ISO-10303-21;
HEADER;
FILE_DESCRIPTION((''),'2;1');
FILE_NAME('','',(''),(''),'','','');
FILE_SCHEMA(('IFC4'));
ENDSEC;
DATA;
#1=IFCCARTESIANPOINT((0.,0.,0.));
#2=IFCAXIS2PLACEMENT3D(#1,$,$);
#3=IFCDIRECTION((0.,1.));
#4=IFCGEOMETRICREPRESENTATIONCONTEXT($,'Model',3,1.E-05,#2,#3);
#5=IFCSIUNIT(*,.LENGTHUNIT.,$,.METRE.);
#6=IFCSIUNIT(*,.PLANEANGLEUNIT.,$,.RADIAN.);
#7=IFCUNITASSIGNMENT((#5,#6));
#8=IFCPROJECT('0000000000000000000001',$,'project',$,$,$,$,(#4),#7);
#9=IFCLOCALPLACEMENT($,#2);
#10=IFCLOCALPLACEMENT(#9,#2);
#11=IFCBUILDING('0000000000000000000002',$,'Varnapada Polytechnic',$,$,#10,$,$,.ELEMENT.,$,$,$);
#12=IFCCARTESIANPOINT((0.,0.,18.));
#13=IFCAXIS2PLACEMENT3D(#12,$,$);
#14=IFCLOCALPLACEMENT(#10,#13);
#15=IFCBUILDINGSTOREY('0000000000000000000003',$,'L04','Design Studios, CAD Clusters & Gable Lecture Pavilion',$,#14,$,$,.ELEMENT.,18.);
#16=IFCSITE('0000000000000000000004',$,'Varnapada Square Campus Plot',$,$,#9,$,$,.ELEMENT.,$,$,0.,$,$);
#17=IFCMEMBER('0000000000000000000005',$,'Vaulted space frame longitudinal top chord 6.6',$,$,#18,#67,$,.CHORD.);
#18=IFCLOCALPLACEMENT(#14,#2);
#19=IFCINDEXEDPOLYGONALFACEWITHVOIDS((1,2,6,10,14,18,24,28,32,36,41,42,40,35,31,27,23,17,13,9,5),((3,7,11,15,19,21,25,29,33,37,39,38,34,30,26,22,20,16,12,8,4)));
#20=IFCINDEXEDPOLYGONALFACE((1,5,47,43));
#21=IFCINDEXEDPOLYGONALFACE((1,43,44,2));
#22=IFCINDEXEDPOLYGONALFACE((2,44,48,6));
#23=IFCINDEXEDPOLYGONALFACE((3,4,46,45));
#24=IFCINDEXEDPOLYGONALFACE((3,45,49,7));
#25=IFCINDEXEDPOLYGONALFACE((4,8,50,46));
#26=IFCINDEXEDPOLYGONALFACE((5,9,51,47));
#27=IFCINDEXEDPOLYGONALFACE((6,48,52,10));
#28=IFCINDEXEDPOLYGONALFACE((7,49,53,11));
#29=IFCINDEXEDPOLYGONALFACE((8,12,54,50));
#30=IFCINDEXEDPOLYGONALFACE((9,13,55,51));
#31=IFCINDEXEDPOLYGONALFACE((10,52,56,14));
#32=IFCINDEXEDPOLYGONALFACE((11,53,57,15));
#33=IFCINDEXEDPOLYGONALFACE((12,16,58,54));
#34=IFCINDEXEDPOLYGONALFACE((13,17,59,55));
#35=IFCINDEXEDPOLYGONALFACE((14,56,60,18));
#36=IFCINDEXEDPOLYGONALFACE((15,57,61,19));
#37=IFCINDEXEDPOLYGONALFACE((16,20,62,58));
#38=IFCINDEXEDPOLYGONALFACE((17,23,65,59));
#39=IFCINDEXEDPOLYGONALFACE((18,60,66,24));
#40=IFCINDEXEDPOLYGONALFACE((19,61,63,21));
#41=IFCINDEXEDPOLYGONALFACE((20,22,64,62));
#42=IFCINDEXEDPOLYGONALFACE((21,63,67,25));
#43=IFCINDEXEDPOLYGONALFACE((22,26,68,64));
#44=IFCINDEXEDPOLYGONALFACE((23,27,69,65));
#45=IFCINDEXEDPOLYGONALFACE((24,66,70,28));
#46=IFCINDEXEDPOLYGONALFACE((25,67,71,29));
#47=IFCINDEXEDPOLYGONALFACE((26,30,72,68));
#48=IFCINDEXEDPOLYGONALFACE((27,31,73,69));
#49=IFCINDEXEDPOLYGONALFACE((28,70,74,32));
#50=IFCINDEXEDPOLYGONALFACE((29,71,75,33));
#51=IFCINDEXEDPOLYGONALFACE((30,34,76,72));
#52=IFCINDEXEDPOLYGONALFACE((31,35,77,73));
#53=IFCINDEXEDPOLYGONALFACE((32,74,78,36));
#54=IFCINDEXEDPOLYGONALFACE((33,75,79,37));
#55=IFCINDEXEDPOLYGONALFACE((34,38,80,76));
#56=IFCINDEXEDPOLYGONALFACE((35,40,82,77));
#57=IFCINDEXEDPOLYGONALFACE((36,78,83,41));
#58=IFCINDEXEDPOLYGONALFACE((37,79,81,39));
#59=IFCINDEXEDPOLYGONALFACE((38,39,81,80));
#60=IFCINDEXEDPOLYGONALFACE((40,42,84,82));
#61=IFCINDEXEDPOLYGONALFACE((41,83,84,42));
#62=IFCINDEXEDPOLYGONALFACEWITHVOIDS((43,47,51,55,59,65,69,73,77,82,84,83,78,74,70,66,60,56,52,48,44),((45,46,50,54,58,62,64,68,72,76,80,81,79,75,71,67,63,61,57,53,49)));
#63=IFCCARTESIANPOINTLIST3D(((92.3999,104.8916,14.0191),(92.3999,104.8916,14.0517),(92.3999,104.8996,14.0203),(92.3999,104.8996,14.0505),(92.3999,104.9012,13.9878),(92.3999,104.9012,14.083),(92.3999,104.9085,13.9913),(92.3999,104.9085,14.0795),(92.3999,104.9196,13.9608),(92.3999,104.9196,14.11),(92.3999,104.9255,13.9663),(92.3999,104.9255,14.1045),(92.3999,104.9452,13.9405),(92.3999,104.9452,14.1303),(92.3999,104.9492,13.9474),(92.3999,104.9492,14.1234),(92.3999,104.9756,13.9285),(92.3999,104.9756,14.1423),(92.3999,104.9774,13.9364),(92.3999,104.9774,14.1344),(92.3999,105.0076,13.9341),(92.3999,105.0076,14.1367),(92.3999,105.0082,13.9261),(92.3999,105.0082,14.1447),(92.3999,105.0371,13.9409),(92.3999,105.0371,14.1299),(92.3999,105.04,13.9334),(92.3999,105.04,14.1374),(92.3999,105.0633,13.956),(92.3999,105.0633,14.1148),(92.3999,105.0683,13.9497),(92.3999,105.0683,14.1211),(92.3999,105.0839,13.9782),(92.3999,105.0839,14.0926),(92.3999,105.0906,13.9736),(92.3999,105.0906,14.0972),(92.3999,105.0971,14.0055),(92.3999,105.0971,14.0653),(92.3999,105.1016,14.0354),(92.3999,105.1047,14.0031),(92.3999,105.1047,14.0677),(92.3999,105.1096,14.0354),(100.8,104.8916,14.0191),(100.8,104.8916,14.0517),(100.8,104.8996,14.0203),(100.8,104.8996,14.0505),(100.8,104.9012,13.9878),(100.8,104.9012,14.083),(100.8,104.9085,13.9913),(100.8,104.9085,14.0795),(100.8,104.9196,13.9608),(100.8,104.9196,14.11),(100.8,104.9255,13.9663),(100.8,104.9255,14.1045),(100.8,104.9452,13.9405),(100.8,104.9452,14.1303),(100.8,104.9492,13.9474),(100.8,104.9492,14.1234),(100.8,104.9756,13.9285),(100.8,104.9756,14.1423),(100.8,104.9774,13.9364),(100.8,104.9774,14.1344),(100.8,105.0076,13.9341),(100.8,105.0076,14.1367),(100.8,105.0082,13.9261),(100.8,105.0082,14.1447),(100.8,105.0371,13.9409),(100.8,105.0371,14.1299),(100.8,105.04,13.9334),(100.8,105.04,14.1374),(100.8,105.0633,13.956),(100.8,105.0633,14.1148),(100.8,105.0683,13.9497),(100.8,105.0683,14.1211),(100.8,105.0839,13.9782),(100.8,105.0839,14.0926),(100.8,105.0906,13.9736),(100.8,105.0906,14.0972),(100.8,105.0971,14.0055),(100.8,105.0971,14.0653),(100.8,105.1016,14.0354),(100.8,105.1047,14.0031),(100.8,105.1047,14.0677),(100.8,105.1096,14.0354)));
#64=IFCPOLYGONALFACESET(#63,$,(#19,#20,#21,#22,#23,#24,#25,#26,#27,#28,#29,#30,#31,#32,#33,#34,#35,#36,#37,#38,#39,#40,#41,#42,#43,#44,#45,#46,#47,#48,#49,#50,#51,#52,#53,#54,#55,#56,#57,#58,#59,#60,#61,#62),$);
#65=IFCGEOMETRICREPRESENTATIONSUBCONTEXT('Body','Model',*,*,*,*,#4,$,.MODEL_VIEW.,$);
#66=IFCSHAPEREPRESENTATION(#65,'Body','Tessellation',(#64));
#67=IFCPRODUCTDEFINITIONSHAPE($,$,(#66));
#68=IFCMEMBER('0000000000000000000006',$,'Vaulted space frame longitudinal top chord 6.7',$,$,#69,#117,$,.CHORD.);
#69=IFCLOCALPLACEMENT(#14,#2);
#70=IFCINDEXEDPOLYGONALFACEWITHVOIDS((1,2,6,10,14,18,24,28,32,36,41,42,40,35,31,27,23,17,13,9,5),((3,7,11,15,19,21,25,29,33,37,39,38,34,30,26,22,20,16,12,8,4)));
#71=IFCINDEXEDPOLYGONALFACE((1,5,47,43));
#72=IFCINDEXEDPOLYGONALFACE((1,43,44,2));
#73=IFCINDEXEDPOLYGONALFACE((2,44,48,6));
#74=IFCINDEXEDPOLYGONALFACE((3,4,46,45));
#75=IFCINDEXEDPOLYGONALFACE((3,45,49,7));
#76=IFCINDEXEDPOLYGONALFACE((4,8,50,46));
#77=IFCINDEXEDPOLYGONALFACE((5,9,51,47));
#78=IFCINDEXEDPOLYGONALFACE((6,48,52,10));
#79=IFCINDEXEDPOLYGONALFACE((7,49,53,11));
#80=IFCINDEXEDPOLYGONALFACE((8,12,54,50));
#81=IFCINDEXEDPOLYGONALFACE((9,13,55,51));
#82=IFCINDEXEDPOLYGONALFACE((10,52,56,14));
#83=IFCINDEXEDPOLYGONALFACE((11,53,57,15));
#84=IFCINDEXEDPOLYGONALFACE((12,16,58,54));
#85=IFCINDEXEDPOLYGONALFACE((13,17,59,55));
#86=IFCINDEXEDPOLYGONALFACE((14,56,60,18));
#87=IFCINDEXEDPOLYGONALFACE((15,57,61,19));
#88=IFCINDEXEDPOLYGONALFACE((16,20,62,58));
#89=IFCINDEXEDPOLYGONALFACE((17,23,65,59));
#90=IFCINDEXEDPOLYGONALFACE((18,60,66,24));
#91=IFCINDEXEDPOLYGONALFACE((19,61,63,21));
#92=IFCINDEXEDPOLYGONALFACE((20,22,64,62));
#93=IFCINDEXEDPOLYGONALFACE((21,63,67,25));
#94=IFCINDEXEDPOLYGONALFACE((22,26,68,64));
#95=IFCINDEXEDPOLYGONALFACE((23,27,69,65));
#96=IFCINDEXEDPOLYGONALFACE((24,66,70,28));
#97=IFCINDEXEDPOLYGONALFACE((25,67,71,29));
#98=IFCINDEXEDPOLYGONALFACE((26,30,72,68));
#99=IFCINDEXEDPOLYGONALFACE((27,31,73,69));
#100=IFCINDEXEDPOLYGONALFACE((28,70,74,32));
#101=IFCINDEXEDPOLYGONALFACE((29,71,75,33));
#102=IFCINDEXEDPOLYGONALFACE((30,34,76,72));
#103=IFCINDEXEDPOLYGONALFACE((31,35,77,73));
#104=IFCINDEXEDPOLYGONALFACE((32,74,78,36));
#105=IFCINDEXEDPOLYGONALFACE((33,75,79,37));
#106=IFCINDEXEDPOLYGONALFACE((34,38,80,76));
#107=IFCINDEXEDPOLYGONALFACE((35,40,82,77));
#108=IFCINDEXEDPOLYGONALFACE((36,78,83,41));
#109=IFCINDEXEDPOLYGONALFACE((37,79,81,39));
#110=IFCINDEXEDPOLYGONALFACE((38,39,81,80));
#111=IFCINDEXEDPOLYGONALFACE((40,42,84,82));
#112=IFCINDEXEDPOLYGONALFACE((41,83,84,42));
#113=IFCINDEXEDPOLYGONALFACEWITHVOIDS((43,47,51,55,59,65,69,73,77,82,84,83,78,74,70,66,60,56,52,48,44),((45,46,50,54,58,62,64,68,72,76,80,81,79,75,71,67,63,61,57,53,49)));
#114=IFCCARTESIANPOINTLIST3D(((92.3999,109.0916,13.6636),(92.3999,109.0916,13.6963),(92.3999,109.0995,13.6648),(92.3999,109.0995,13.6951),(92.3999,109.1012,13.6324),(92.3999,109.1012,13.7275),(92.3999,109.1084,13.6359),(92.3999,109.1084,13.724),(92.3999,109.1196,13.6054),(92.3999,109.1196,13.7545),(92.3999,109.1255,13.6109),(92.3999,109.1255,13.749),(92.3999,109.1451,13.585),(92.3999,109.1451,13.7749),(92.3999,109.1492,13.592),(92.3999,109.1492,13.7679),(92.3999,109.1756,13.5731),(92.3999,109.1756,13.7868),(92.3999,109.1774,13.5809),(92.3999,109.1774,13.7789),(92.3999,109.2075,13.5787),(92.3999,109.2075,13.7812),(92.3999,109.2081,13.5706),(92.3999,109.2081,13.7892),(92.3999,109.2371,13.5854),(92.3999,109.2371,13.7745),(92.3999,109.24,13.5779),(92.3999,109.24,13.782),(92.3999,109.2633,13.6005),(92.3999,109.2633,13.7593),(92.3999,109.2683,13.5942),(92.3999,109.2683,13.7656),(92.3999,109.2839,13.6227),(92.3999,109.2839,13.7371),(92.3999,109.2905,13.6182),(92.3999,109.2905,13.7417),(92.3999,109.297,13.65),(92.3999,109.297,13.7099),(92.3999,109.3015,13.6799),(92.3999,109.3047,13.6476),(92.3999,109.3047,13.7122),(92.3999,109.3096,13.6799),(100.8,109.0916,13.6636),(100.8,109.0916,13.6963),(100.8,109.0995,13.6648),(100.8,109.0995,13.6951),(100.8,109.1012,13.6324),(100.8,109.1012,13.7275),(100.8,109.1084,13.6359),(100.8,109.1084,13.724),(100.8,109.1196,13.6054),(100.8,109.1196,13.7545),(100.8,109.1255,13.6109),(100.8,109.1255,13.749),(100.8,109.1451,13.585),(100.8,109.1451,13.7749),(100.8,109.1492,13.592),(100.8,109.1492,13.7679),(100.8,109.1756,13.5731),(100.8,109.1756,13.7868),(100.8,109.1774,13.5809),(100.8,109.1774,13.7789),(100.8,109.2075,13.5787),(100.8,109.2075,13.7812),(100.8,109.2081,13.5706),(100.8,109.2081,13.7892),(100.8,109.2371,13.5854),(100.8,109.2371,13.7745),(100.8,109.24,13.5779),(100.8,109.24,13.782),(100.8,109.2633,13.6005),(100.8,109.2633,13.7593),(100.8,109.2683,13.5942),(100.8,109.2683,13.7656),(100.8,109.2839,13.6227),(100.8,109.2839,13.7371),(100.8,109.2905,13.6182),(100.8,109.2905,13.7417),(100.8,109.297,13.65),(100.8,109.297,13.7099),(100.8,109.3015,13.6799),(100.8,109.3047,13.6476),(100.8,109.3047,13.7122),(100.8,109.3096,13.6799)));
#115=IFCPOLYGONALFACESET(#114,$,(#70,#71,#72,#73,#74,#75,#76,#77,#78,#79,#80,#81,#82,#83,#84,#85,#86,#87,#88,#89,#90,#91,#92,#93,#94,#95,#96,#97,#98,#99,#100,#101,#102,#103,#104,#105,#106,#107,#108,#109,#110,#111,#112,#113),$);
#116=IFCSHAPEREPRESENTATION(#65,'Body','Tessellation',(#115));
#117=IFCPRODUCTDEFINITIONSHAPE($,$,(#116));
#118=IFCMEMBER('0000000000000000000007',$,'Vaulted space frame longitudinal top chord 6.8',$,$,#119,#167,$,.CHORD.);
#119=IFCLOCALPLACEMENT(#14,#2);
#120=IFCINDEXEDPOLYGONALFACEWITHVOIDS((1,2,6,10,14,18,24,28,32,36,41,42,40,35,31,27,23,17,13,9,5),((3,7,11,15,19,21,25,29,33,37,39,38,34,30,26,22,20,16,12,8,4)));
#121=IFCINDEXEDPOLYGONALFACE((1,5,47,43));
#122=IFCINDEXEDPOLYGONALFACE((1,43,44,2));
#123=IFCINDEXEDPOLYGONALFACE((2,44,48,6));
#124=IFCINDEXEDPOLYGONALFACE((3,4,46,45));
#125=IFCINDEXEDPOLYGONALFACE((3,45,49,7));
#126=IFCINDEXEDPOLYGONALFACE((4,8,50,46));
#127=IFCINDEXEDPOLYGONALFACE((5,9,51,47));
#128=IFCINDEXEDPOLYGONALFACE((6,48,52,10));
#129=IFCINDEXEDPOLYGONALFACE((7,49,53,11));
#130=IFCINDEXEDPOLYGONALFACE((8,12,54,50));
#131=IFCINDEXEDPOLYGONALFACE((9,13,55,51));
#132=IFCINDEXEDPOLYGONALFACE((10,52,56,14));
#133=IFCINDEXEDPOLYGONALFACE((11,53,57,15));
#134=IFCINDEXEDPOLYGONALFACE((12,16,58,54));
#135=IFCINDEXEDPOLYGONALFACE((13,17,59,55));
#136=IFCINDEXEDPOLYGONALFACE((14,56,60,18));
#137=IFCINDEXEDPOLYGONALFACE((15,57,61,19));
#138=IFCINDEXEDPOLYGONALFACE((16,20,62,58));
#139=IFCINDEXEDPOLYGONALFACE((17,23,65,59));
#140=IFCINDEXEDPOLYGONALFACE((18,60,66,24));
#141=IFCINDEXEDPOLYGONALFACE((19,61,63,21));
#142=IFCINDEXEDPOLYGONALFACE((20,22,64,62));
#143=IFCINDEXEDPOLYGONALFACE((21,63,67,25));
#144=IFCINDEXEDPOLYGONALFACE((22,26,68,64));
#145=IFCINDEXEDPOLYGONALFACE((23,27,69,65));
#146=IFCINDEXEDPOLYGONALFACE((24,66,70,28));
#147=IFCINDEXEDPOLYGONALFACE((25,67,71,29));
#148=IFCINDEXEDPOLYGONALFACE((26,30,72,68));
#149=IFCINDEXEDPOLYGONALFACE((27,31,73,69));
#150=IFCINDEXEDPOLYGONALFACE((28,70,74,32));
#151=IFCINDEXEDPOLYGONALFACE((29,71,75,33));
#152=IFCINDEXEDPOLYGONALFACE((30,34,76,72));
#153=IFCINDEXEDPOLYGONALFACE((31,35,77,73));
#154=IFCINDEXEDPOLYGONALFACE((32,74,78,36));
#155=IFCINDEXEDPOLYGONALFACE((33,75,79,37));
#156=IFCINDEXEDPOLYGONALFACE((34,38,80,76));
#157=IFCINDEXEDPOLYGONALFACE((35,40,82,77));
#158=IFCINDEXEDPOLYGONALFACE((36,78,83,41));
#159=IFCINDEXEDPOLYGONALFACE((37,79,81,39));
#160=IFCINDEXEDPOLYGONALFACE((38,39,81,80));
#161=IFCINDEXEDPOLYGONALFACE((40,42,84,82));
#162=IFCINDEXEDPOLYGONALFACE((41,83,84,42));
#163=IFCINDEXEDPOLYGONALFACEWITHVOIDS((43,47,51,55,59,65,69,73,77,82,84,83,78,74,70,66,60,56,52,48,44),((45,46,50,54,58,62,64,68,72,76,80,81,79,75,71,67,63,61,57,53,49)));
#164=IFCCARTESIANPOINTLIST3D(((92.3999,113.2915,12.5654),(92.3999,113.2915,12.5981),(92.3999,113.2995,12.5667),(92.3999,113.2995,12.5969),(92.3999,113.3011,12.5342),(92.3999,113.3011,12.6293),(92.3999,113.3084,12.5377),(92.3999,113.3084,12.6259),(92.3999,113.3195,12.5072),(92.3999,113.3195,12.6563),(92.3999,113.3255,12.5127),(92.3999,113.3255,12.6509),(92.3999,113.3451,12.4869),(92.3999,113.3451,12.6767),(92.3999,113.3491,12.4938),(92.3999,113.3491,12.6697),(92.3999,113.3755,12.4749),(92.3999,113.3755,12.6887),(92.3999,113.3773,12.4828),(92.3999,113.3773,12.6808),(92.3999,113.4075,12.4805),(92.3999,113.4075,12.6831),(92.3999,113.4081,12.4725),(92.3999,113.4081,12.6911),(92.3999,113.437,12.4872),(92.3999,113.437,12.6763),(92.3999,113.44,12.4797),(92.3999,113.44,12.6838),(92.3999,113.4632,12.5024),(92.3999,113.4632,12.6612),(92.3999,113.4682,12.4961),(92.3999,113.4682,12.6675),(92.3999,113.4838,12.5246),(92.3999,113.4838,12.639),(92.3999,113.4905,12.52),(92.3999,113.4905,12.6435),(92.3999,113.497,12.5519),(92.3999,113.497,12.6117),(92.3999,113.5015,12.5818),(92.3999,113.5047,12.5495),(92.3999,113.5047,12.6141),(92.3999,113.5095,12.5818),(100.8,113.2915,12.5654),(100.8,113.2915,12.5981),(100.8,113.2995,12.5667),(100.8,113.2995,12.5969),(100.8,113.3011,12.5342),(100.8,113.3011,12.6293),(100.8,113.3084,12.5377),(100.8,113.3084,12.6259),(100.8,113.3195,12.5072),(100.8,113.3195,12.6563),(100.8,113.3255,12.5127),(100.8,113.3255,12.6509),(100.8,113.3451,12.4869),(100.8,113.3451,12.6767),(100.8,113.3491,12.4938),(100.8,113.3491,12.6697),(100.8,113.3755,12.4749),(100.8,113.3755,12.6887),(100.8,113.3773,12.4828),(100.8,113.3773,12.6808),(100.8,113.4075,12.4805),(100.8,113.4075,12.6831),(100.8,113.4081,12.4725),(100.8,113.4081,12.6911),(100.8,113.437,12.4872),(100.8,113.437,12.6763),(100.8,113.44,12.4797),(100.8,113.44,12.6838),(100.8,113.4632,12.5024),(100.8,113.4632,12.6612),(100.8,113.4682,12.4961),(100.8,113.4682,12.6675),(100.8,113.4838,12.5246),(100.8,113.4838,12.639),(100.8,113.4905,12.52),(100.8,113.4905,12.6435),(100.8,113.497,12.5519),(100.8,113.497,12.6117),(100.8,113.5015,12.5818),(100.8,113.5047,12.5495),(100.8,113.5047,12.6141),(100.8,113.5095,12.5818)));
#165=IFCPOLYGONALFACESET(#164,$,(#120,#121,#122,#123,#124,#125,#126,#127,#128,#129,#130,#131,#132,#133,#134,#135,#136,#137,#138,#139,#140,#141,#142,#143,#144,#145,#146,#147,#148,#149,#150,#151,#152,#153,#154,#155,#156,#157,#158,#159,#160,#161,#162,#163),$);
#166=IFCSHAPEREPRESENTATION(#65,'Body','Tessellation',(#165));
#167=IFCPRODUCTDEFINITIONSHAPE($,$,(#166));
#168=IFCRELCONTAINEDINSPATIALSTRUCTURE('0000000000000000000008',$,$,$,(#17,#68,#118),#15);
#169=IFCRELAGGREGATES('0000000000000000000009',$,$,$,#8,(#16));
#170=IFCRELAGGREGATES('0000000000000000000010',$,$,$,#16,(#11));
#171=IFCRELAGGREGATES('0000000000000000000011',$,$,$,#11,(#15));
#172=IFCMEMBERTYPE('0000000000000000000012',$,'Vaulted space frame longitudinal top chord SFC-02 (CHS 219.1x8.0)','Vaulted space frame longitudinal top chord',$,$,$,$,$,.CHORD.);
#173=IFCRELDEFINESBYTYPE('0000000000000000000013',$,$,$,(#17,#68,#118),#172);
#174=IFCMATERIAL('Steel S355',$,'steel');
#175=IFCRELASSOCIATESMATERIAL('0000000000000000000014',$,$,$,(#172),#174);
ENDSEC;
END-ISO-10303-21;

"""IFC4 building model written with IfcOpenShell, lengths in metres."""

from ifc_helpers import new_model, si_unit, direction, frame, origin, origin_2d, place, context, subcontext, project, spatial, hollow_circle, extrude, material, material_profile, profile_set, type_object, element, save


model = new_model("IFC4")

# Units and contexts
model_context = context("Model", 3, precision=1e-05, world=origin(), true_north=direction((0.0, 1.0)))
body_context = subcontext(model_context, "Body", "Model", "MODEL_VIEW")
ifc_project = project(units=[si_unit("LENGTHUNIT", "METRE"), si_unit("PLANEANGLEUNIT", "RADIAN")], contexts=[model_context])

# Site, building, storey
site_placement = place(None, origin())
site = spatial("IfcSite", under=ifc_project, at=site_placement, Name="Varnapada Square Campus Plot", CompositionType="ELEMENT", RefElevation=0.0)
building_placement = place(site_placement, origin())
building = spatial("IfcBuilding", under=site, at=building_placement, Name="Varnapada Polytechnic", CompositionType="ELEMENT")
storey_placement = place(building_placement, frame((0.0, 0.0, 18.0)))
storey = spatial("IfcBuildingStorey", under=building, at=storey_placement, Name="L04", Description="Design Studios, CAD Clusters & Gable Lecture Pavilion", CompositionType="ELEMENT", Elevation=18.0)

# Members
ifc_material = material(Name="Steel S355", Category="steel")
ifc_material_profile_1 = material_profile(ifc_material, hollow_circle(Radius=0.1096, WallThickness=0.0081, at=origin_2d()), Name="CHS 219.1x8.0")
ifc_profile_set_1 = profile_set([ifc_material_profile_1], Name="Steel S355")
member_type_1 = type_object("IfcMemberType", Name="Vaulted space frame longitudinal top chord SFC-02 (CHS 219.1x8.0)", Description="Vaulted space frame longitudinal top chord", PredefinedType="CHORD", material=ifc_profile_set_1)
for number, where, z_axis, x_axis, name in (
    (1, (92.3999, 105.0, 14.0354), (1.0, 0.0, 0.0), (0.0, 1.0, 0.0), "Vaulted space frame longitudinal top chord 6.6"),
    (2, (92.3999, 109.2, 13.6799), (1.0, 0.0, 0.0), (0.0, 1.0, 0.0), "Vaulted space frame longitudinal top chord 6.7"),
    (3, (92.3999, 113.3999, 12.5818), (1.0, 0.0, 0.0), (0.0, 1.0, 0.0), "Vaulted space frame longitudinal top chord 6.8"),
):
    element("IfcMember", number, at=place(storey_placement, frame(where, z_axis=z_axis, x_axis=x_axis)), inside=storey, type_object=member_type_1, Name=name, PredefinedType="CHORD", context=body_context, shape_type="SweptSolid", body=[
        extrude(hollow_circle(Radius=0.1096, WallThickness=0.0081, at=origin_2d()), origin(), (0.0, 0.0, 1.0), 8.4001),
    ])

save(model, "model.ifc")
